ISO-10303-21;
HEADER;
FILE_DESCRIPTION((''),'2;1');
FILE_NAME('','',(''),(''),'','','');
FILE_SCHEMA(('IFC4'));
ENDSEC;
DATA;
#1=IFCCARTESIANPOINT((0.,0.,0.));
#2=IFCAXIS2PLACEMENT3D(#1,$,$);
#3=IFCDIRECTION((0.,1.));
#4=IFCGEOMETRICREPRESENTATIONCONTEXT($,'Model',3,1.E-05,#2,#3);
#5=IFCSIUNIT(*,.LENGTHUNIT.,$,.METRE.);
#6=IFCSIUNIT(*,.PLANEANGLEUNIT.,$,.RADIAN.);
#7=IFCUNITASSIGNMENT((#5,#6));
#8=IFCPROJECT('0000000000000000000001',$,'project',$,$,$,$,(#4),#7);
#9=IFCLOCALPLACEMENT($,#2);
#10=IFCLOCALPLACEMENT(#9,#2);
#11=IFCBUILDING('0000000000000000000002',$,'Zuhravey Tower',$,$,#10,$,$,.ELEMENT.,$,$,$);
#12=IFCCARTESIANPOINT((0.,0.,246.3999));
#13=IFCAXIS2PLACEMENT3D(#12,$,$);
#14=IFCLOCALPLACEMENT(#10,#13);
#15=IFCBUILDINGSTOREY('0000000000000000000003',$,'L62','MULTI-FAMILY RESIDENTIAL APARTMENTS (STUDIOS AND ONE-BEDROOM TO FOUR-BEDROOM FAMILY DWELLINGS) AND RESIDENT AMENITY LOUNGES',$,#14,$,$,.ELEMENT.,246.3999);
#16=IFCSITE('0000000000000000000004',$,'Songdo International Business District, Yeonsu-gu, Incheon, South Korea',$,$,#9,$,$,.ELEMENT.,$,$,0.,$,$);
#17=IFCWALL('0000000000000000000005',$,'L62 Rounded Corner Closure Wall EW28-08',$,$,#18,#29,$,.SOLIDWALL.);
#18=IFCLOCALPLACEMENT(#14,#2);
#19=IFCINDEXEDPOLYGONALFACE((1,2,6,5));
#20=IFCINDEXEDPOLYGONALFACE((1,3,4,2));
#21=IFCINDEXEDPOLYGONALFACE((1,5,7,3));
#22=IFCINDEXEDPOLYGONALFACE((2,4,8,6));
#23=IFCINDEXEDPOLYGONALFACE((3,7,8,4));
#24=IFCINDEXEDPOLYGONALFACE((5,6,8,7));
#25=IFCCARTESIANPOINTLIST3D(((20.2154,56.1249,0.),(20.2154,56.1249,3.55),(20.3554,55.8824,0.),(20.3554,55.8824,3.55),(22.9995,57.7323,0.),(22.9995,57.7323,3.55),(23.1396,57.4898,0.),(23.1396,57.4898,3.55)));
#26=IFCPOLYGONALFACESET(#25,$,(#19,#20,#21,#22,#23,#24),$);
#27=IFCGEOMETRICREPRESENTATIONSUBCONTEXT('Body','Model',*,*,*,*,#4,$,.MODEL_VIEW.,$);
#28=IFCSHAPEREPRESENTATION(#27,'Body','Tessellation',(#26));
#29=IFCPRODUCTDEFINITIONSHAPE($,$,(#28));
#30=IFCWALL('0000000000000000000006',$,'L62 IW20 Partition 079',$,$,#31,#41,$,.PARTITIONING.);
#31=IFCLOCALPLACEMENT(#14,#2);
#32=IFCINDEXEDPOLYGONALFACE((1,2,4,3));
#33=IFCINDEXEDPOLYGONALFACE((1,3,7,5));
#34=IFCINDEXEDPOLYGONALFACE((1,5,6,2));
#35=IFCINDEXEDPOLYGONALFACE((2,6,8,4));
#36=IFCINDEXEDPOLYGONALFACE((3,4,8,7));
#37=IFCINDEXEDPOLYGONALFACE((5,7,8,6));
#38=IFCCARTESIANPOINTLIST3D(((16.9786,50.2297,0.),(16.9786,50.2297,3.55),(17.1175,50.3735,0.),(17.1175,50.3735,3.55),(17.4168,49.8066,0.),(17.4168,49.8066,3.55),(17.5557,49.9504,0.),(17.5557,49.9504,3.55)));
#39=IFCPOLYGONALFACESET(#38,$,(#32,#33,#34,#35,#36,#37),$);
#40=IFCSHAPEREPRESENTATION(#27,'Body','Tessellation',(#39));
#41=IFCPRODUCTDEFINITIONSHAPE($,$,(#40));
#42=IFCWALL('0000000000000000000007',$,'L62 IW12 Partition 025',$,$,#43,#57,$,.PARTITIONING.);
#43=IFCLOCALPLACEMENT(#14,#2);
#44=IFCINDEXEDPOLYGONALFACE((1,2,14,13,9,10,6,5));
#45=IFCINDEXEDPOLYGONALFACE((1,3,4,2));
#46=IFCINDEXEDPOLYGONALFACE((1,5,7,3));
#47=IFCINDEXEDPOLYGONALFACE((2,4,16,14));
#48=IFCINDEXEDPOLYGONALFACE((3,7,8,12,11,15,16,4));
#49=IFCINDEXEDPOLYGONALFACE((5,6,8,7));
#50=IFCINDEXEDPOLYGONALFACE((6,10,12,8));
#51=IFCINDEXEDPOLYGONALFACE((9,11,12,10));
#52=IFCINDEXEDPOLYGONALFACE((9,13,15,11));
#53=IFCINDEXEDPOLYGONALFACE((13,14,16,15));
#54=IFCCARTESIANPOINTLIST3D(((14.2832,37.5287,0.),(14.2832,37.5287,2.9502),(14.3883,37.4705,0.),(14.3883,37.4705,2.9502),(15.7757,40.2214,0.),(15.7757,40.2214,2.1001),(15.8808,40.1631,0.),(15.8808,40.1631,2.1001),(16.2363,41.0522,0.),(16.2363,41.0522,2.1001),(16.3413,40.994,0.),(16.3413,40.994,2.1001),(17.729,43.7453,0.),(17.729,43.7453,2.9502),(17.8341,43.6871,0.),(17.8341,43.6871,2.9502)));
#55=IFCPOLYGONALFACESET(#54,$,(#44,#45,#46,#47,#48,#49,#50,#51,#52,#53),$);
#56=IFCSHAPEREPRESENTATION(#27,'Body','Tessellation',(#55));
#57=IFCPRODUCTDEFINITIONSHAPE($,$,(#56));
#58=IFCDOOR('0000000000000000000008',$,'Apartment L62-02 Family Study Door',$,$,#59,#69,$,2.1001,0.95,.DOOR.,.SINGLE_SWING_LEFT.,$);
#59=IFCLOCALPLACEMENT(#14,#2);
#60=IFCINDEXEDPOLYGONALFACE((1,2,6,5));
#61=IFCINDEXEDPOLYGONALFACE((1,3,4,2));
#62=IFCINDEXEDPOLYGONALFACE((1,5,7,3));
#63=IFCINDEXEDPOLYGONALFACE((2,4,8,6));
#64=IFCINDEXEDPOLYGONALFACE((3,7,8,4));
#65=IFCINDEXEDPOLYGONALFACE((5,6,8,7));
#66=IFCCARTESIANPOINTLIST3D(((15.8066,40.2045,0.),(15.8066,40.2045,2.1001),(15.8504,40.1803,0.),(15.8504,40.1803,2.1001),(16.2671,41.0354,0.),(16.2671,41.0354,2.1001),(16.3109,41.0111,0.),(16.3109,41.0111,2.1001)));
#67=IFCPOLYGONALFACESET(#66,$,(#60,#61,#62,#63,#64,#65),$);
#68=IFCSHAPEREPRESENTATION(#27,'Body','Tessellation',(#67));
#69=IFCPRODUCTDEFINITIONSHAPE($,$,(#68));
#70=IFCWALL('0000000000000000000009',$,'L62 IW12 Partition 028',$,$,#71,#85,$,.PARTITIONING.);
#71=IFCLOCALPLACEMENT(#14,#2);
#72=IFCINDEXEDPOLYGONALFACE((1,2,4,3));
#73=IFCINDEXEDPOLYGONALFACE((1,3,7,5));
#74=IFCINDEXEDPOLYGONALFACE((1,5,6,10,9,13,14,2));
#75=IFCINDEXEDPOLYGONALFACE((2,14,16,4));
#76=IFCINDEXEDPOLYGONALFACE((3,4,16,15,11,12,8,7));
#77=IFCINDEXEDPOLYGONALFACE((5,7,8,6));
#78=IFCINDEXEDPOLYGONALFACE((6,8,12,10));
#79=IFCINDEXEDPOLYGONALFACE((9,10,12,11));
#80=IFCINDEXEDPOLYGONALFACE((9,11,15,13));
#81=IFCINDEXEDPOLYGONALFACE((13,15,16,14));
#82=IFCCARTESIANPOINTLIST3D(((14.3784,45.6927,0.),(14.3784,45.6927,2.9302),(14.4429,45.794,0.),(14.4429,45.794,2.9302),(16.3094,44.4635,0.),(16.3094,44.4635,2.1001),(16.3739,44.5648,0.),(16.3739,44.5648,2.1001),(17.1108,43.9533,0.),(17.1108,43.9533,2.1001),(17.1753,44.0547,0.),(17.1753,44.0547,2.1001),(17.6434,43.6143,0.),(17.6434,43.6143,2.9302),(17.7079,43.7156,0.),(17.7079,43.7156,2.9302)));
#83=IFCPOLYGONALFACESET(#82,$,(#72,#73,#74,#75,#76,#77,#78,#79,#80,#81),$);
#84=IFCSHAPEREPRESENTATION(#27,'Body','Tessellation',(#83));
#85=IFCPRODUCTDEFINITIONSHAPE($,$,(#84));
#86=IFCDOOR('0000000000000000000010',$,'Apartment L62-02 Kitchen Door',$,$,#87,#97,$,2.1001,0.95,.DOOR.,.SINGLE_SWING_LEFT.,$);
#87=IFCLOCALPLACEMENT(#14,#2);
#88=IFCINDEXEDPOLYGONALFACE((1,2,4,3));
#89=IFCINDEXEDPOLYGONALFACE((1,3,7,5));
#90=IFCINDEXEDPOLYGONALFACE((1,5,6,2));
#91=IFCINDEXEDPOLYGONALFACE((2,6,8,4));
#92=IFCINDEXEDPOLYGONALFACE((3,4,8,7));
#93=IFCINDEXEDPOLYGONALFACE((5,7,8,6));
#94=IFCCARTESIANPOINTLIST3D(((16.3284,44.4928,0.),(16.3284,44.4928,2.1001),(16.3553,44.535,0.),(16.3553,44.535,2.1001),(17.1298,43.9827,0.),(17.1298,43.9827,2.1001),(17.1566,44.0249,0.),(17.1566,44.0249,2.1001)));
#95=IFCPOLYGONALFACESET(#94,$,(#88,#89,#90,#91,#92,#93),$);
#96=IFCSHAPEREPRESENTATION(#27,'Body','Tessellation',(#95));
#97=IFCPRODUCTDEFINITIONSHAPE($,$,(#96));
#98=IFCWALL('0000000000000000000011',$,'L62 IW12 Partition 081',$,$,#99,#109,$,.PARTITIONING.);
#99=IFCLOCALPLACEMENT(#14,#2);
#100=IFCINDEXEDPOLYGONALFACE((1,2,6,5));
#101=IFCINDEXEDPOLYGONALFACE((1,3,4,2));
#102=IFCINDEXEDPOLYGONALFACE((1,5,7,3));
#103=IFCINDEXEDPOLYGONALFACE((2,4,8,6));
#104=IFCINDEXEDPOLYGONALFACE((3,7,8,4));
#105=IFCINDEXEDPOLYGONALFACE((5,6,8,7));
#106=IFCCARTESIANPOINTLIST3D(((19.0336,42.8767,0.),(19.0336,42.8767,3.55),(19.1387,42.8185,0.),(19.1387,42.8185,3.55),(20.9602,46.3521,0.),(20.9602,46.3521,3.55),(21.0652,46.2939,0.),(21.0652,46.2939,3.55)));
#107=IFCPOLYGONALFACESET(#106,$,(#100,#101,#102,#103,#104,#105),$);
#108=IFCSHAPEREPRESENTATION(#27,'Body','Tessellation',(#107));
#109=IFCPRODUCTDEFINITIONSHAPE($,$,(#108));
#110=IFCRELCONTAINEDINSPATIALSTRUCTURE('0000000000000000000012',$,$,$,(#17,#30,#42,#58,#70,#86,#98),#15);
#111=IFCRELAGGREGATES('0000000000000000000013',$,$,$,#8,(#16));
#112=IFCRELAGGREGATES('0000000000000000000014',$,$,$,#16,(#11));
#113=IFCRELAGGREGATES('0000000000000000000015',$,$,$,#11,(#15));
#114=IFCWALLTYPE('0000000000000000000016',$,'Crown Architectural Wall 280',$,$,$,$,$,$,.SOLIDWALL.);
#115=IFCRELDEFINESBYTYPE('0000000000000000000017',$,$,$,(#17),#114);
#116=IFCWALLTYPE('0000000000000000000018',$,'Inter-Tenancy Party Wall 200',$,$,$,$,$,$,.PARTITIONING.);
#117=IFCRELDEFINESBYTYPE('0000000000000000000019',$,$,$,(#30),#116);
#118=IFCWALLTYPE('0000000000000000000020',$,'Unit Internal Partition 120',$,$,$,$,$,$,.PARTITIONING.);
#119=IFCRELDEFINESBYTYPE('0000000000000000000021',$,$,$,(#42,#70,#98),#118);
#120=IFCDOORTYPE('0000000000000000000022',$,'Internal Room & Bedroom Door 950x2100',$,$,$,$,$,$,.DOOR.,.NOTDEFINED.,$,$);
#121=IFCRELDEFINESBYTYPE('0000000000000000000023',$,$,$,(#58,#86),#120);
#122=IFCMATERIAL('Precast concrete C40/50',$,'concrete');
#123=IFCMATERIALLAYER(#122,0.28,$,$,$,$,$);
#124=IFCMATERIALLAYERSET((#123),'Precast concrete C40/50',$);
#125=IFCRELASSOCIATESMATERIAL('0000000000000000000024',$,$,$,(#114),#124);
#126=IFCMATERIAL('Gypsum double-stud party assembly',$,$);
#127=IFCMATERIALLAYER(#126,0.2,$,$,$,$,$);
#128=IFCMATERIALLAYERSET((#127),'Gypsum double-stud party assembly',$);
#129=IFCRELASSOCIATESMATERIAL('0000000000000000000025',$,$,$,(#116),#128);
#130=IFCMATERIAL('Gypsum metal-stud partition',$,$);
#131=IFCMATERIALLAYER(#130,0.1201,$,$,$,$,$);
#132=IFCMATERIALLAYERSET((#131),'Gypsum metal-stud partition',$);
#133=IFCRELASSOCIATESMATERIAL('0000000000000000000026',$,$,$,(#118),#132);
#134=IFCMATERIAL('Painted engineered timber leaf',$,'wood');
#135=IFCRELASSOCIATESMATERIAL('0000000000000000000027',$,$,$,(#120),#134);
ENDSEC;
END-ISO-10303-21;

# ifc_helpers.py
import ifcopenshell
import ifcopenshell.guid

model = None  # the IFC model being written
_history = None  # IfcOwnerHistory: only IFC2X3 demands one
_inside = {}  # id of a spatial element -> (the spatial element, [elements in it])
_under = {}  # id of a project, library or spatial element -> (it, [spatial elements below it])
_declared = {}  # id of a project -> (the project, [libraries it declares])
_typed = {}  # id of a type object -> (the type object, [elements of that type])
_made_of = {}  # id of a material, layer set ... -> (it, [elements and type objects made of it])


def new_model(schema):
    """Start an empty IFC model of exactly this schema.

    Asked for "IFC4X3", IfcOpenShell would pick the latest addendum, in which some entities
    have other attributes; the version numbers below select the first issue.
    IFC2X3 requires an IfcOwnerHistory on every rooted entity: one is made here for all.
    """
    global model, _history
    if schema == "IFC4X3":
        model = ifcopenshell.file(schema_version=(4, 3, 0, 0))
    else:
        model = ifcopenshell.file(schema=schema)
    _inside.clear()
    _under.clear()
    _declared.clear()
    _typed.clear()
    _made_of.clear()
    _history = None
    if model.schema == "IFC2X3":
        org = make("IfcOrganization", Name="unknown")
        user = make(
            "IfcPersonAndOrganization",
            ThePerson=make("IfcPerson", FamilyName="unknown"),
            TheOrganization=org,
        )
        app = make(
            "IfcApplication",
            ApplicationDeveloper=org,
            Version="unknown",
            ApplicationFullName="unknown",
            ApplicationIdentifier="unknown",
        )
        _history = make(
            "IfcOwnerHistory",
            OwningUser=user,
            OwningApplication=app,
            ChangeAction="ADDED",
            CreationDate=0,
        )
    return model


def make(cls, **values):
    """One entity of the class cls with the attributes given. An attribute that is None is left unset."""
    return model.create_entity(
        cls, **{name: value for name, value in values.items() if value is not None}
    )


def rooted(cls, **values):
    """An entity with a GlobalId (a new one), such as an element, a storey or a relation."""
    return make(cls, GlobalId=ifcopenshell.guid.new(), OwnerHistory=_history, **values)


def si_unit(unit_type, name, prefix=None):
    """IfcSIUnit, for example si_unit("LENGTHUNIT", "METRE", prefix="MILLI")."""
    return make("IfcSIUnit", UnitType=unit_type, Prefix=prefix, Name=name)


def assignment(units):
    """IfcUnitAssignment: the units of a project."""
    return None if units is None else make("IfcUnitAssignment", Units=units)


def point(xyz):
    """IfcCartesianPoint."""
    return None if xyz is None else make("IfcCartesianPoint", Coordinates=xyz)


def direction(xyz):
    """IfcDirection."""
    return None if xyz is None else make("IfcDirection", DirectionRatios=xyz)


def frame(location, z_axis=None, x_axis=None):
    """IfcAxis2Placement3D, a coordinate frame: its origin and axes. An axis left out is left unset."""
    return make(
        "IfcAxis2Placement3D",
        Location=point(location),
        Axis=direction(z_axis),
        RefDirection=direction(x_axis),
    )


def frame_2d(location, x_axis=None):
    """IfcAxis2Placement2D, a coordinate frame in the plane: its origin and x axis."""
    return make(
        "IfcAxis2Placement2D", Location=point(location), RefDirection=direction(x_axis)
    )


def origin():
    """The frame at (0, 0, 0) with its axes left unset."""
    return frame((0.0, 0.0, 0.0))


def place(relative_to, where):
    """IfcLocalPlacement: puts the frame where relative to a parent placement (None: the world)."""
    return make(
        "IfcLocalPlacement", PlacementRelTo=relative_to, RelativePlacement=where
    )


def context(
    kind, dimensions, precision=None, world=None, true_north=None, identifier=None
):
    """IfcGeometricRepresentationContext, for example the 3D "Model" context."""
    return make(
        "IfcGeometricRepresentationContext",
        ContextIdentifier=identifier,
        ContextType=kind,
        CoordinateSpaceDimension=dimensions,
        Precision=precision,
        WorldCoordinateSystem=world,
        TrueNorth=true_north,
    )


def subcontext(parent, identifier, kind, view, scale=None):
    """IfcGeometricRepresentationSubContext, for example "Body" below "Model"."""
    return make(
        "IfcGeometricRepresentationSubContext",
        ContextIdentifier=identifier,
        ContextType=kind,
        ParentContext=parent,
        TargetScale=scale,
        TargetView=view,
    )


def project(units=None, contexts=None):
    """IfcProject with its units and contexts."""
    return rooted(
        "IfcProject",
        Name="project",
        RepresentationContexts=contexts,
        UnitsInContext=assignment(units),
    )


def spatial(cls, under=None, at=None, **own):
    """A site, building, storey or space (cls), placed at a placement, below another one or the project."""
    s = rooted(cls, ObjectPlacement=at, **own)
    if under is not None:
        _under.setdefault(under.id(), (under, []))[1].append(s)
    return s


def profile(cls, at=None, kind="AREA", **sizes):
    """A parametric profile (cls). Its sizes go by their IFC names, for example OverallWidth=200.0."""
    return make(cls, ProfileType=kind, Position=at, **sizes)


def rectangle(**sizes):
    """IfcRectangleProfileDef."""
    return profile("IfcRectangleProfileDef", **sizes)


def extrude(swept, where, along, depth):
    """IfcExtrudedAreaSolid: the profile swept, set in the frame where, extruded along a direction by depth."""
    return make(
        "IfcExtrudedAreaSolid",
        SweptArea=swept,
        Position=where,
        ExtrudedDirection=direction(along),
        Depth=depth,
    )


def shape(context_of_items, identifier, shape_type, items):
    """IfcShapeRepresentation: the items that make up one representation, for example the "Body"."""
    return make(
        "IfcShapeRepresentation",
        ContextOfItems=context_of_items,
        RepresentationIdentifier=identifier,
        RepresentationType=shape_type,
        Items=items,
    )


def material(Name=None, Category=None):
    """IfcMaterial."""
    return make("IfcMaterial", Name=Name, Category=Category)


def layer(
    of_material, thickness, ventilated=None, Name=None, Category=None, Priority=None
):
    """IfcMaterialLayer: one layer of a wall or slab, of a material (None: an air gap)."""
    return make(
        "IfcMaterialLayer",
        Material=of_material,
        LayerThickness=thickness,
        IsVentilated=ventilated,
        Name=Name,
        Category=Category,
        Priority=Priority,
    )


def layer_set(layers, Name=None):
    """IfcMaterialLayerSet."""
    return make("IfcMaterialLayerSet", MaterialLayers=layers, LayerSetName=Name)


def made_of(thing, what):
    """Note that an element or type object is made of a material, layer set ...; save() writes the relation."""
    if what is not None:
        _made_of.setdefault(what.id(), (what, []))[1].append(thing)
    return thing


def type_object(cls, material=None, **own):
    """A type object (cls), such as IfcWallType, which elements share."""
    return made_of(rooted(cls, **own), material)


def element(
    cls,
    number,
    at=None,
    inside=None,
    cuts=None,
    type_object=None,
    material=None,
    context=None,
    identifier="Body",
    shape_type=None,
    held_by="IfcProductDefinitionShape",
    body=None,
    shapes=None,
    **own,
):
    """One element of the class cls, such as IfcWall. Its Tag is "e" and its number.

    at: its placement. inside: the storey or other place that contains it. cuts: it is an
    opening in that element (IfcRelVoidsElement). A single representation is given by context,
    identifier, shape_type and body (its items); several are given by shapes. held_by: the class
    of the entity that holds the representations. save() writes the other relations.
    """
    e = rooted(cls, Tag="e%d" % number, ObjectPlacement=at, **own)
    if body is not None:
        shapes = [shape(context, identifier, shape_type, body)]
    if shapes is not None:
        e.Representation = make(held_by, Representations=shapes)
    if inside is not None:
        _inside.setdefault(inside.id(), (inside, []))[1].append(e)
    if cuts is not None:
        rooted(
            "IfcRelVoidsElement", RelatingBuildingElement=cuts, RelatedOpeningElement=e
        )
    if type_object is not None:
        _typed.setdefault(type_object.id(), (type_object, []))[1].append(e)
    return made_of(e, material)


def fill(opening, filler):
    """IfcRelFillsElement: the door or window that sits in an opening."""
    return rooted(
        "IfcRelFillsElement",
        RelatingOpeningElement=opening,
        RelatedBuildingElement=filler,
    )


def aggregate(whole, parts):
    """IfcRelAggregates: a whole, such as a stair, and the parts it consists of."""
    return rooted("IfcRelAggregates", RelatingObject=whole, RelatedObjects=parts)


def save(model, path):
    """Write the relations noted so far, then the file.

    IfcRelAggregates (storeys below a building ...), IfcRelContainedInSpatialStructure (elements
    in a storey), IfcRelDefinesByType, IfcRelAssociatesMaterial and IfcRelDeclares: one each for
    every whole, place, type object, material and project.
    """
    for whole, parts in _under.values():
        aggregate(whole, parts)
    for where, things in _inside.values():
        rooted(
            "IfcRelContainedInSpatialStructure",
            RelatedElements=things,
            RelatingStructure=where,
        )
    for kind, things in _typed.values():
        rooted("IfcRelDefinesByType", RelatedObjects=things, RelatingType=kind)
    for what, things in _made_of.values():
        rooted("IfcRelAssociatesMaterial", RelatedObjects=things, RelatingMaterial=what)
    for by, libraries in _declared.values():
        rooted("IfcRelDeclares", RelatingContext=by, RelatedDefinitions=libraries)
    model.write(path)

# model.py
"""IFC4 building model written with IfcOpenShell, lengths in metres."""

from ifc_helpers import new_model, si_unit, direction, frame, frame_2d, origin, place, context, subcontext, project, spatial, rectangle, extrude, material, layer, layer_set, type_object, element, fill, save


model = new_model("IFC4")

# Units and contexts
model_context = context("Model", 3, precision=1e-05, world=origin(), true_north=direction((0.0, 1.0)))
body_context = subcontext(model_context, "Body", "Model", "MODEL_VIEW")
ifc_project = project(units=[si_unit("LENGTHUNIT", "METRE"), si_unit("PLANEANGLEUNIT", "RADIAN")], contexts=[model_context])

# Site, building, storey
site_placement = place(None, origin())
site = spatial("IfcSite", under=ifc_project, at=site_placement, Name="Songdo International Business District, Yeonsu-gu, Incheon, South Korea", CompositionType="ELEMENT", RefElevation=0.0)
building_placement = place(site_placement, origin())
building = spatial("IfcBuilding", under=site, at=building_placement, Name="Zuhravey Tower", CompositionType="ELEMENT")
storey_placement = place(building_placement, frame((0.0, 0.0, 246.3999)))
storey = spatial("IfcBuildingStorey", under=building, at=storey_placement, Name="L62", Description="MULTI-FAMILY RESIDENTIAL APARTMENTS (STUDIOS AND ONE-BEDROOM TO FOUR-BEDROOM FAMILY DWELLINGS) AND RESIDENT AMENITY LOUNGES", CompositionType="ELEMENT", Elevation=246.3999)

# Walls
ifc_material_1 = material(Name="Precast concrete C40/50", Category="concrete")
ifc_layer_1 = layer(ifc_material_1, 0.28)
ifc_layer_set_1 = layer_set([ifc_layer_1], Name="Precast concrete C40/50")
wall_type_1 = type_object("IfcWallType", Name="Crown Architectural Wall 280", PredefinedType="SOLIDWALL", material=ifc_layer_set_1)
wall_1_placement = place(storey_placement, frame((20.2854, 56.0037, 0.0), z_axis=(0.0, 0.0, 1.0), x_axis=(0.866029, 0.499994, 0.0)))
element("IfcWall", 1, at=wall_1_placement, inside=storey, type_object=wall_type_1, Name="L62 Rounded Corner Closure Wall EW28-08", PredefinedType="SOLIDWALL", context=body_context, shape_type="SweptSolid", body=[
    extrude(rectangle(XDim=3.2148, YDim=0.28, at=frame_2d((1.6074, 0.0))), origin(), (0.0, 0.0, 1.0), 3.55),
])
ifc_material_2 = material(Name="Gypsum double-stud party assembly")
ifc_layer_2 = layer(ifc_material_2, 0.2)
ifc_layer_set_2 = layer_set([ifc_layer_2], Name="Gypsum double-stud party assembly")
wall_type_2 = type_object("IfcWallType", Name="Inter-Tenancy Party Wall 200", PredefinedType="PARTITIONING", material=ifc_layer_set_2)
wall_2_placement = place(storey_placement, frame((17.4863, 49.8784, 0.0), z_axis=(0.0, 0.0, 1.0), x_axis=(-0.719422, 0.694573, 0.0)))
element("IfcWall", 2, at=wall_2_placement, inside=storey, type_object=wall_type_2, Name="L62 IW20 Partition 079", PredefinedType="PARTITIONING", context=body_context, shape_type="SweptSolid", body=[
    extrude(rectangle(XDim=0.6091, YDim=0.2, at=frame_2d((0.3047, 0.0))), origin(), (0.0, 0.0, 1.0), 3.55),
])

# Walls, openings, doors
ifc_material_3 = material(Name="Gypsum metal-stud partition")
ifc_layer_3 = layer(ifc_material_3, 0.1201)
ifc_layer_set_3 = layer_set([ifc_layer_3], Name="Gypsum metal-stud partition")
wall_type_3 = type_object("IfcWallType", Name="Unit Internal Partition 120", PredefinedType="PARTITIONING", material=ifc_layer_set_3)
wall_3_placement = place(storey_placement, frame((17.7815, 43.7161, 0.0), z_axis=(0.0, 0.0, 1.0), x_axis=(-0.4848, -0.874625, 0.0)))
wall_3 = element("IfcWall", 3, at=wall_3_placement, inside=storey, type_object=wall_type_3, Name="L62 IW12 Partition 025", PredefinedType="PARTITIONING", context=body_context, shape_type="SweptSolid", body=[
    extrude(rectangle(XDim=7.1077, YDim=0.1201, at=frame_2d((3.5537, 0.0))), origin(), (0.0, 0.0, 1.0), 2.9502),
])
opening_1_placement = place(wall_3_placement, frame((3.0789, 0.0, 0.0)))
opening_1 = element("IfcOpeningElement", 4, at=opening_1_placement, cuts=wall_3, PredefinedType="OPENING", context=body_context, shape_type="SweptSolid", body=[
    extrude(rectangle(XDim=0.95, YDim=2.1001, at=frame_2d((0.4751, 1.05))), frame((0.0, 0.072, 0.0), z_axis=(0.0, -1.0, 0.0), x_axis=(1.0, 0.0, 0.0)), (0.0, 0.0, 1.0), 0.144),
])
ifc_material_4 = material(Name="Painted engineered timber leaf", Category="wood")
door_type = type_object("IfcDoorType", Name="Internal Room & Bedroom Door 950x2100", OperationType="NOTDEFINED", PredefinedType="DOOR", material=ifc_material_4)
door_1_placement = place(opening_1_placement, frame((0.95, 0.0, 0.0), z_axis=(0.0, 0.0, 1.0), x_axis=(-1.0, 0.0, 0.0)))
door_1 = element("IfcDoor", 5, at=door_1_placement, inside=storey, type_object=door_type, Name="Apartment L62-02 Family Study Door", OperationType="SINGLE_SWING_LEFT", OverallHeight=2.1001, OverallWidth=0.95, PredefinedType="DOOR", context=body_context, shape_type="SweptSolid", body=[
    extrude(rectangle(XDim=0.95, YDim=2.1001, at=frame_2d((0.4751, 1.05))), frame((0.0, 0.0249, 0.0), z_axis=(0.0, -1.0, 0.0), x_axis=(1.0, 0.0, 0.0)), (0.0, 0.0, 1.0), 0.05),
])
fill(opening_1, door_1)
wall_4_placement = place(storey_placement, frame((17.6755, 43.665, 0.0), z_axis=(0.0, 0.0, 1.0), x_axis=(-0.843578, 0.537006, 0.0)))
wall_4 = element("IfcWall", 6, at=wall_4_placement, inside=storey, type_object=wall_type_3, Name="L62 IW12 Partition 028", PredefinedType="PARTITIONING", context=body_context, shape_type="SweptSolid", body=[
    extrude(rectangle(XDim=3.8704, YDim=0.1201, at=frame_2d((1.9351, 0.0))), origin(), (0.0, 0.0, 1.0), 2.9302),
])
opening_2_placement = place(wall_4_placement, frame((0.6311, 0.0, 0.0)))
opening_2 = element("IfcOpeningElement", 7, at=opening_2_placement, cuts=wall_4, PredefinedType="OPENING", context=body_context, shape_type="SweptSolid", body=[
    extrude(rectangle(XDim=0.95, YDim=2.1001, at=frame_2d((0.4751, 1.05))), frame((0.0, 0.072, 0.0), z_axis=(0.0, -1.0, 0.0), x_axis=(1.0, 0.0, 0.0)), (0.0, 0.0, 1.0), 0.144),
])
door_2_placement = place(opening_2_placement, frame((0.95, 0.0, 0.0), z_axis=(0.0, 0.0, 1.0), x_axis=(-1.0, 0.0, 0.0)))
door_2 = element("IfcDoor", 8, at=door_2_placement, inside=storey, type_object=door_type, Name="Apartment L62-02 Kitchen Door", OperationType="SINGLE_SWING_LEFT", OverallHeight=2.1001, OverallWidth=0.95, PredefinedType="DOOR", context=body_context, shape_type="SweptSolid", body=[
    extrude(rectangle(XDim=0.95, YDim=2.1001, at=frame_2d((0.4751, 1.05))), frame((0.0, 0.0249, 0.0), z_axis=(0.0, -1.0, 0.0), x_axis=(1.0, 0.0, 0.0)), (0.0, 0.0, 1.0), 0.05),
])
fill(opening_2, door_2)

# Wall
wall_5_placement = place(storey_placement, frame((21.0127, 46.323, 0.0), z_axis=(0.0, 0.0, 1.0), x_axis=(-0.484829, -0.874609, 0.0)))
element("IfcWall", 9, at=wall_5_placement, inside=storey, type_object=wall_type_3, Name="L62 IW12 Partition 081", PredefinedType="PARTITIONING", context=body_context, shape_type="SweptSolid", body=[
    extrude(rectangle(XDim=3.9736, YDim=0.1201, at=frame_2d((1.9868, 0.0))), origin(), (0.0, 0.0, 1.0), 3.55),
])

save(model, "model.ifc")
